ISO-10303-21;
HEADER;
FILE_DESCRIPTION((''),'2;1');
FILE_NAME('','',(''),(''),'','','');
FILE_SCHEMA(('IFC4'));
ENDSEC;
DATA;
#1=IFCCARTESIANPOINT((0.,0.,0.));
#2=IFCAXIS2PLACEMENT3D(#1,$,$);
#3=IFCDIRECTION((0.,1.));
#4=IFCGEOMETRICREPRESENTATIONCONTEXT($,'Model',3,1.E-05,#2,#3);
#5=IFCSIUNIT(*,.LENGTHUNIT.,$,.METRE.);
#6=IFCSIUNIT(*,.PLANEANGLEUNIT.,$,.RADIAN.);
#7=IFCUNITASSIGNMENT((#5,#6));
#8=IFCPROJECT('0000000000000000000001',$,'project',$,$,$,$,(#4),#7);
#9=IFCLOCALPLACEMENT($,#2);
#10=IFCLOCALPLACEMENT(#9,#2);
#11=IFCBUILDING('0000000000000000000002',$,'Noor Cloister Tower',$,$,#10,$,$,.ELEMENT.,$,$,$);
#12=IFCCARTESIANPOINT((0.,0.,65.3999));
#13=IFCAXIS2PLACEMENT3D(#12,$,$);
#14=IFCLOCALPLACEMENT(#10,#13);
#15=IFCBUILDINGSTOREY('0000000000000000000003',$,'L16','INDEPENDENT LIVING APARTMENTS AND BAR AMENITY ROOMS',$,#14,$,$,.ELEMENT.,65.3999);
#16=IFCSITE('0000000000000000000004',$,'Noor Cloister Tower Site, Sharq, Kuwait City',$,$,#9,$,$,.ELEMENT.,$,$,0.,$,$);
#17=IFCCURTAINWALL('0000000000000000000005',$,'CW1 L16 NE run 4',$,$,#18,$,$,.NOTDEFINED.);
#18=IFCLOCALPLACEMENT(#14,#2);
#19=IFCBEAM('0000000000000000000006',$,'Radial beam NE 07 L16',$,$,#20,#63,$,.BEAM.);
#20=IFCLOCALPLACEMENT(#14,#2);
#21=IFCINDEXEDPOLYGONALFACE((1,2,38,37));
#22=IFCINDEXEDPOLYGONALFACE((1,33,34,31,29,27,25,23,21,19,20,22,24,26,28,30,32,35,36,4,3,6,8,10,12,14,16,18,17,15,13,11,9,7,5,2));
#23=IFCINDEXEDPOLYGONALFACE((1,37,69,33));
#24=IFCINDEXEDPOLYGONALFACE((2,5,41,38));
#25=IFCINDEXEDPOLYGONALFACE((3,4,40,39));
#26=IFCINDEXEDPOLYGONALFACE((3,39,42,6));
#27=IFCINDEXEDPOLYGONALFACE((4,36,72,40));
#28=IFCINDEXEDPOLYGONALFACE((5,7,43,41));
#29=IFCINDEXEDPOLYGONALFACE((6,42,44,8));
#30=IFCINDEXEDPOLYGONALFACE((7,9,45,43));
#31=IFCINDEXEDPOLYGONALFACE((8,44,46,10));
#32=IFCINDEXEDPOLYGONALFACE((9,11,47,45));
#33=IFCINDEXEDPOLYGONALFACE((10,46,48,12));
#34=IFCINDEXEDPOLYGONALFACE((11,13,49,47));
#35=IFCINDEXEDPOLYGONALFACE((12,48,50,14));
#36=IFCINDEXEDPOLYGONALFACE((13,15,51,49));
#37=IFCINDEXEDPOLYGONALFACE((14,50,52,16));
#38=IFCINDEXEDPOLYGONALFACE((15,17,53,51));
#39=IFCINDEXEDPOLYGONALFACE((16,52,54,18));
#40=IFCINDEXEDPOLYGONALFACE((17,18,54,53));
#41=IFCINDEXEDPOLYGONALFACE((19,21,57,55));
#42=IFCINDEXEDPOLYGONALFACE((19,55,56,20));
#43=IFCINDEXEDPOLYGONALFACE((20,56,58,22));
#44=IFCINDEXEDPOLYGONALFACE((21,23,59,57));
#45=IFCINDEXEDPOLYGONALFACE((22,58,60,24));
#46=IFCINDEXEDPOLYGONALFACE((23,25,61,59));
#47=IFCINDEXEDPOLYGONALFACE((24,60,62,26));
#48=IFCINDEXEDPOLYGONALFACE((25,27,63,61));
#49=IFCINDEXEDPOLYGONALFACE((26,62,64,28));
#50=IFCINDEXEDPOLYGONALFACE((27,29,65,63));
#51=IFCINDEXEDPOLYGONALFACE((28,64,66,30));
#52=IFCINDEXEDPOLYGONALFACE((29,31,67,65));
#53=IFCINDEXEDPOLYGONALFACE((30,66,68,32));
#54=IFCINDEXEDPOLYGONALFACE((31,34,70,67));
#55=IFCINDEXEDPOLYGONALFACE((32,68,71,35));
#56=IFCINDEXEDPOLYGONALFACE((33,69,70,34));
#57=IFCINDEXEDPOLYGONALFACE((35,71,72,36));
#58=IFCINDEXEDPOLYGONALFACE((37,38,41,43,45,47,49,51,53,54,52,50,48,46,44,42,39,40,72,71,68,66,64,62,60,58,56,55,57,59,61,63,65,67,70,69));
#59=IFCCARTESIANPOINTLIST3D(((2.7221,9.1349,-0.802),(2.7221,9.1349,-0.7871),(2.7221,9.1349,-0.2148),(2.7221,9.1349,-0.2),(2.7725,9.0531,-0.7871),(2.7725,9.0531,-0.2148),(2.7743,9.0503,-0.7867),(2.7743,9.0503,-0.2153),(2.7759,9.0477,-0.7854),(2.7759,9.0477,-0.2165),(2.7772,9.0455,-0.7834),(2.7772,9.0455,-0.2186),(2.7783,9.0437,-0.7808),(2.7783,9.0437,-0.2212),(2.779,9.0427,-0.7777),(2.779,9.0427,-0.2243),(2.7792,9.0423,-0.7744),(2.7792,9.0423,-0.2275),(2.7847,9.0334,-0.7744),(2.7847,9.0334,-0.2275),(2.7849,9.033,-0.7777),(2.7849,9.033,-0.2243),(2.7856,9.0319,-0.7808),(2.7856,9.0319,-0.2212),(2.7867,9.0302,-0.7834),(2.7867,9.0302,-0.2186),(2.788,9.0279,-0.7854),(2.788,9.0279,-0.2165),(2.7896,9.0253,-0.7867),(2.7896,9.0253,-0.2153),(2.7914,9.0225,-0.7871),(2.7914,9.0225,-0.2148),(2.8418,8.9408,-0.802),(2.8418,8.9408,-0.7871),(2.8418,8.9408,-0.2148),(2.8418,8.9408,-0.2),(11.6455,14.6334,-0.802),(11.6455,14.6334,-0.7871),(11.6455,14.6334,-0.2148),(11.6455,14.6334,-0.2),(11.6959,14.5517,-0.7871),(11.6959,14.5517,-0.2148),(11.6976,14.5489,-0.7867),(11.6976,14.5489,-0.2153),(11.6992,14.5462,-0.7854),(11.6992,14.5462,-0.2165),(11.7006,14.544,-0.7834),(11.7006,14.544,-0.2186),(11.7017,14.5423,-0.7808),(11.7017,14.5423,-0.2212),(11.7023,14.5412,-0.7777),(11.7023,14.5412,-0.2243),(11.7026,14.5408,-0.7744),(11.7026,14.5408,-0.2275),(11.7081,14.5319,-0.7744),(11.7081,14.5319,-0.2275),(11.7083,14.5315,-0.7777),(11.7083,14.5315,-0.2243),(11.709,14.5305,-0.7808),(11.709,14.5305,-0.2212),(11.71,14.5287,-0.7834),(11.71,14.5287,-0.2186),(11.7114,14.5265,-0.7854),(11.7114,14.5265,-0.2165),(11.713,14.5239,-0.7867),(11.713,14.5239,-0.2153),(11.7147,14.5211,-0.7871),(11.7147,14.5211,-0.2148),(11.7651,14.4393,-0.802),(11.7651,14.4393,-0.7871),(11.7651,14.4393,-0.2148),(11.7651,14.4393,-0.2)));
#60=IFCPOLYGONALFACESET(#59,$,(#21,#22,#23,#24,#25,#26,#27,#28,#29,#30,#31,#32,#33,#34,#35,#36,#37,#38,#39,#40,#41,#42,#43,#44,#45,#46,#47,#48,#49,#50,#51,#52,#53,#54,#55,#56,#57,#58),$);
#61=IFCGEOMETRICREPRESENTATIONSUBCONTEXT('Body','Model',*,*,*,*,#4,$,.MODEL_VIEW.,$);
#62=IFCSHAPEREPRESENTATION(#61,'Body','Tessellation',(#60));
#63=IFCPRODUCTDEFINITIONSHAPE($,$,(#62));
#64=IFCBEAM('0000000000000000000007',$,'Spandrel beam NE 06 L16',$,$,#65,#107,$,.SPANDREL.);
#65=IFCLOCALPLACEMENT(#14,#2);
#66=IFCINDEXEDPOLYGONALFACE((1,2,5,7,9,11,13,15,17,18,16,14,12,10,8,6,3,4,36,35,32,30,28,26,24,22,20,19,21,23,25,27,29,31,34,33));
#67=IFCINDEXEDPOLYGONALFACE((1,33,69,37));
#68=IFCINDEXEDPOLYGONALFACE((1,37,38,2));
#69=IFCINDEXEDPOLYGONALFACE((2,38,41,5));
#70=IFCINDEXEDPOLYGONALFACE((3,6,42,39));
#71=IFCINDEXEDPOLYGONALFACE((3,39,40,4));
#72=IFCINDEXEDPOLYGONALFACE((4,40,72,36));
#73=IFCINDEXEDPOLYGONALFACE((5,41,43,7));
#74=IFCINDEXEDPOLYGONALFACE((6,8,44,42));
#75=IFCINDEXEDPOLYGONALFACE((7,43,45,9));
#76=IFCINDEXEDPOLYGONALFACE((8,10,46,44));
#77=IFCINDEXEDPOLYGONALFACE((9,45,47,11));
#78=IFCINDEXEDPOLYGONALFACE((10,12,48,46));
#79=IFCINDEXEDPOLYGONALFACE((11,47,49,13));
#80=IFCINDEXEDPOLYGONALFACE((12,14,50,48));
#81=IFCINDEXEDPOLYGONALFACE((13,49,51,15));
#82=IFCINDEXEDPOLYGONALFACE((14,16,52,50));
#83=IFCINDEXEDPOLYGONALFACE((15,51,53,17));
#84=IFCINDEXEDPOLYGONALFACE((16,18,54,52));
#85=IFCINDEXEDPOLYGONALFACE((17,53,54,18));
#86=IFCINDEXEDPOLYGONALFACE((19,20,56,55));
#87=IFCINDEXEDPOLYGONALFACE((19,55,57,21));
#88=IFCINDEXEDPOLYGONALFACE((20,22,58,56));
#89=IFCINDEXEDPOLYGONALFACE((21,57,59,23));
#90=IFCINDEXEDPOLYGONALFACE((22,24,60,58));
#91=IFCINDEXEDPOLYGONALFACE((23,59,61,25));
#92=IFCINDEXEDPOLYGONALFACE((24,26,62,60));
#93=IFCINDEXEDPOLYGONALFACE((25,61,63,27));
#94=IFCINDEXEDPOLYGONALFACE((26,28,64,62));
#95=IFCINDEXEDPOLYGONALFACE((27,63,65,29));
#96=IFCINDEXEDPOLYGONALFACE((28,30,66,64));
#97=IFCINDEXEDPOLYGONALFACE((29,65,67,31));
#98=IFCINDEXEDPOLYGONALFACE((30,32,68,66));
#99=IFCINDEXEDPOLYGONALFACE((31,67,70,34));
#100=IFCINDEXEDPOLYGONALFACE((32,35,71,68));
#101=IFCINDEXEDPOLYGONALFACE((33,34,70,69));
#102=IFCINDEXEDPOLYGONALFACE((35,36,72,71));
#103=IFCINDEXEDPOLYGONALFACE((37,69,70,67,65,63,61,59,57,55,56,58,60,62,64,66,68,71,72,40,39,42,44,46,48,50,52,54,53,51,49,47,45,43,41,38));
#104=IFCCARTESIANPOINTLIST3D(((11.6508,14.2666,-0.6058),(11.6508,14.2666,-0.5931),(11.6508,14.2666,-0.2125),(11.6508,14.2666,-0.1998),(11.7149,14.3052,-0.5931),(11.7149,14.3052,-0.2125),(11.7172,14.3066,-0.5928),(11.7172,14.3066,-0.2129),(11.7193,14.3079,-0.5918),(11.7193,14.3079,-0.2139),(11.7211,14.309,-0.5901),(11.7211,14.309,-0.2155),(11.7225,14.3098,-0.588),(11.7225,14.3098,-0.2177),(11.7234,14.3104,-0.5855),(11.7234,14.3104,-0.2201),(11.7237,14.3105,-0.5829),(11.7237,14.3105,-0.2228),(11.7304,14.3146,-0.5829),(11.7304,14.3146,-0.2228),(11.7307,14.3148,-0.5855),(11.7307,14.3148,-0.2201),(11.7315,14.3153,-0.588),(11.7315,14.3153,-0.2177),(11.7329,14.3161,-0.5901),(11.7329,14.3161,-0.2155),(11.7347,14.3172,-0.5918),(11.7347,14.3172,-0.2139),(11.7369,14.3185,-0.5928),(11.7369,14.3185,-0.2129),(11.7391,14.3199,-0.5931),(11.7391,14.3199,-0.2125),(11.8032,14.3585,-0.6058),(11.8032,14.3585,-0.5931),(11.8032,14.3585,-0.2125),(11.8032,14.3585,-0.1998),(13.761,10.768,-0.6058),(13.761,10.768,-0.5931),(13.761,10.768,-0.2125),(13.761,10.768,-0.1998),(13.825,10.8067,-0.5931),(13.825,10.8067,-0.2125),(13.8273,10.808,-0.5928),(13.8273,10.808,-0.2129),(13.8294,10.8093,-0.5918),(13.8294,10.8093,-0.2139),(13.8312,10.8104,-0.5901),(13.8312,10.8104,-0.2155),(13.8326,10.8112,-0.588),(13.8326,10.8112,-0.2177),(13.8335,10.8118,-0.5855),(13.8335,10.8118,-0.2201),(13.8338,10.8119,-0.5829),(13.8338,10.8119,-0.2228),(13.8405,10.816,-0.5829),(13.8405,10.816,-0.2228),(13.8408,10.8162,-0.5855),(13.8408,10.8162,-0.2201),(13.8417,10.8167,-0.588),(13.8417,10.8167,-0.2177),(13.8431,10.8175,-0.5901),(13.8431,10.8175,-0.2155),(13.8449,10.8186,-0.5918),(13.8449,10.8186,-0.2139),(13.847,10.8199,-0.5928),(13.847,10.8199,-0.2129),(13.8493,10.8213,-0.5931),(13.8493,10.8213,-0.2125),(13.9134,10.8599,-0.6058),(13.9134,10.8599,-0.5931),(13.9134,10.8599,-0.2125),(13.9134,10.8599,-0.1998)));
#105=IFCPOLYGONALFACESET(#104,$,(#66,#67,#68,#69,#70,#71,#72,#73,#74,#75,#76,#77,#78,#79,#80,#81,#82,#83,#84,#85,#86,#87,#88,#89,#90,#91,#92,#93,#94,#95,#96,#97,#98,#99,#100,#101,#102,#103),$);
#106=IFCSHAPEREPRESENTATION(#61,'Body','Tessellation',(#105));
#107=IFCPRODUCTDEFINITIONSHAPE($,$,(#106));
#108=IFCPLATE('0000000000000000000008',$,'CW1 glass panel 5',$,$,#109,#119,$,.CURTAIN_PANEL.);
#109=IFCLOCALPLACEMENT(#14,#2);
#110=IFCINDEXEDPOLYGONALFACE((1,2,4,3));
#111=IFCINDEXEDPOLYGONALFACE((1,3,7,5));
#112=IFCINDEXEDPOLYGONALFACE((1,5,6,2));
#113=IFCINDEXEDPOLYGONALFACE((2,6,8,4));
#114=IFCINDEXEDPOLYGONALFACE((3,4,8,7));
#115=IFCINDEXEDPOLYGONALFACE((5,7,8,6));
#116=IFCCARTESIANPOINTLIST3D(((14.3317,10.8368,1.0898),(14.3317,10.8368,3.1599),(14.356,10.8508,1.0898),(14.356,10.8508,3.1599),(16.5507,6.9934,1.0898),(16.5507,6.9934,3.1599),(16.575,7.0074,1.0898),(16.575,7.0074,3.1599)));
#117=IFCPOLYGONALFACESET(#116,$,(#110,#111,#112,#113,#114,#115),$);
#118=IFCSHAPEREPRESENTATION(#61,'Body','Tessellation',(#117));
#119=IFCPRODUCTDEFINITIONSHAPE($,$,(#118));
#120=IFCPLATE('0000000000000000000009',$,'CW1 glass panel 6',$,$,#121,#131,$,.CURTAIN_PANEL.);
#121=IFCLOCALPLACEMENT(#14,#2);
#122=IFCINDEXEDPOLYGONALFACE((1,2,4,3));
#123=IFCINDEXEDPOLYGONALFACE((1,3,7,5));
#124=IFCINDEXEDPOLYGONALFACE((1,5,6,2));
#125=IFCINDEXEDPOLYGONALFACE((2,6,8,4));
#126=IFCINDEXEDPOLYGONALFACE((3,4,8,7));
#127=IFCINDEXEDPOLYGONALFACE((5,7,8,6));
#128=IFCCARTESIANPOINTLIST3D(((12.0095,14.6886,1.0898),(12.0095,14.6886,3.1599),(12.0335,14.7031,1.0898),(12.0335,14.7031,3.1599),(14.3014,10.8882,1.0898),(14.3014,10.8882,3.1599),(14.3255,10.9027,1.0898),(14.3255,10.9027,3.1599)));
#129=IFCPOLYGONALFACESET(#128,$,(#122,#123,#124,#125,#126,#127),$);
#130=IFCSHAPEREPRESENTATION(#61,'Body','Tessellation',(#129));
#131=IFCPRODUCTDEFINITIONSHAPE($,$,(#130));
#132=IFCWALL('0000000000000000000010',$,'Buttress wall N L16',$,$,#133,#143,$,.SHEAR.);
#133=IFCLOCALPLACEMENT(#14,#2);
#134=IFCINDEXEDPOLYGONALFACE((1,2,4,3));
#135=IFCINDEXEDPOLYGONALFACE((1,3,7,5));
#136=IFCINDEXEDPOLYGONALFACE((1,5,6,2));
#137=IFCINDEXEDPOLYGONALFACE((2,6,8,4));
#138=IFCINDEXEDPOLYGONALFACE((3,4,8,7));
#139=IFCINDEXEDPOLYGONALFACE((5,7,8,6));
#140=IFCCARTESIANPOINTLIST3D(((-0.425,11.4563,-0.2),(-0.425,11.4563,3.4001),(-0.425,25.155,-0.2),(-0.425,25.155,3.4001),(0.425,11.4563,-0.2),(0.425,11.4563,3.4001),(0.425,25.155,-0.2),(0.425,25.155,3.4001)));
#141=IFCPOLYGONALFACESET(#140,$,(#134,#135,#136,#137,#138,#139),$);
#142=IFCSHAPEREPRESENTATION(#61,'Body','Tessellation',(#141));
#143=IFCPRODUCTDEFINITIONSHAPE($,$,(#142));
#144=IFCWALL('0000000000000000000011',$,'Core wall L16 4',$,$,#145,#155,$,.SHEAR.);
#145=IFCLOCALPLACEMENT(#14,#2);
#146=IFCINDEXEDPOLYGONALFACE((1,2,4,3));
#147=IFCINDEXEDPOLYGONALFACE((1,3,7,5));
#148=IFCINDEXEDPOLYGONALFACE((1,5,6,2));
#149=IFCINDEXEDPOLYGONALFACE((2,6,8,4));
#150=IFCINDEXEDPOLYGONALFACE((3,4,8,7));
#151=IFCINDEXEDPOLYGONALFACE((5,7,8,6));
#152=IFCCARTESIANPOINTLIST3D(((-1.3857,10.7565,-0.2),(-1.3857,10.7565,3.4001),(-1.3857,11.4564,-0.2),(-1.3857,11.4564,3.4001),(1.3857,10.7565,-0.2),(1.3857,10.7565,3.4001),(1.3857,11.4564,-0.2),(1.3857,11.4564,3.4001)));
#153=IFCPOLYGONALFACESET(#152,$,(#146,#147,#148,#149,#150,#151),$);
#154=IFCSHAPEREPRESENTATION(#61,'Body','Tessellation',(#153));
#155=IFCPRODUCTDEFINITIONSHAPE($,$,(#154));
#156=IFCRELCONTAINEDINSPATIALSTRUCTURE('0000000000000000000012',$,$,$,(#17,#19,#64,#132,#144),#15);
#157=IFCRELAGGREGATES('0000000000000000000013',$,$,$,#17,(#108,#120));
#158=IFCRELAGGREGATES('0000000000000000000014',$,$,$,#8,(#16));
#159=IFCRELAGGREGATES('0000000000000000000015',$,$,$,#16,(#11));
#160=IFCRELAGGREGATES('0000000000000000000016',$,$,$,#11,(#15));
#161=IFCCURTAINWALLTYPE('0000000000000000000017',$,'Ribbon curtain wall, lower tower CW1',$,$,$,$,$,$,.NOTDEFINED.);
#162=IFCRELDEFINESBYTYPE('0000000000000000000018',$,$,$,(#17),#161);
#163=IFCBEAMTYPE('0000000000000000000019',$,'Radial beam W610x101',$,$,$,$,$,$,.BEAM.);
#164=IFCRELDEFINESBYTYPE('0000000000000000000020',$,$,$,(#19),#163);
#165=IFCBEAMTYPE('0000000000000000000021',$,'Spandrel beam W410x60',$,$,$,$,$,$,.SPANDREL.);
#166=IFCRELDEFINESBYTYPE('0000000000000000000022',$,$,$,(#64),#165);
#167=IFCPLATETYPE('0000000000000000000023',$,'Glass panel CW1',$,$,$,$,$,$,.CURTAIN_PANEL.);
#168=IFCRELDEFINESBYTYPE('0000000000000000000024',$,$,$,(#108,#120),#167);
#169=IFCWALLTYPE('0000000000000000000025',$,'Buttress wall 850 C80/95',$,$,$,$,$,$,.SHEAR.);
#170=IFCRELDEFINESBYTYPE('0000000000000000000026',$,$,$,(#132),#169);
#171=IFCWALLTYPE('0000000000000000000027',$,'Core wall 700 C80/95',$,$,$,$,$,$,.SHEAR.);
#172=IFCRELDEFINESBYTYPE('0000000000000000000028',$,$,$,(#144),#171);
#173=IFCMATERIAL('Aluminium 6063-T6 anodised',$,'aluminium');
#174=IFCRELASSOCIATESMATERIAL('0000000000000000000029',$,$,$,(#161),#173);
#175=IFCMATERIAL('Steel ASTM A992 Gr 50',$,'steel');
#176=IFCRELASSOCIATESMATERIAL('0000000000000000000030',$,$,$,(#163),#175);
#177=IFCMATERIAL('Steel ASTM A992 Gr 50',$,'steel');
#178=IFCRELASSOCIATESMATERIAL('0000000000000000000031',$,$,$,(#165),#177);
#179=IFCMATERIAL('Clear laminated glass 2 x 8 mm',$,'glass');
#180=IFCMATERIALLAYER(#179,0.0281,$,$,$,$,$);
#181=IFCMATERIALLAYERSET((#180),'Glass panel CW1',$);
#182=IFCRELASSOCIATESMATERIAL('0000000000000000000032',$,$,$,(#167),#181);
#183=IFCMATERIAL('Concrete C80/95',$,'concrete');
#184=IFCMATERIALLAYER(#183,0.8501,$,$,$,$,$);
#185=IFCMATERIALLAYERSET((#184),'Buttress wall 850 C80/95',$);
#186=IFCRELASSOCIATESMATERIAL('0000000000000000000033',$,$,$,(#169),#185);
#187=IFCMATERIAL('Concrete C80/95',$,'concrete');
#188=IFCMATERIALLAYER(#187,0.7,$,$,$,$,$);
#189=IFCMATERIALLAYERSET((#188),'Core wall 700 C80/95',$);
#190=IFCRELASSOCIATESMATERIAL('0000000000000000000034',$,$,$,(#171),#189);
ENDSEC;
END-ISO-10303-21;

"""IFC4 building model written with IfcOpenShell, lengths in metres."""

from ifc_helpers import new_model, si_unit, direction, frame, frame_2d, origin, origin_2d, place, context, subcontext, project, spatial, rectangle, i_section, extrude, material, layer, layer_set, material_profile, profile_set, type_object, element, aggregate, save


model = new_model("IFC4")

# Units and contexts
model_context = context("Model", 3, precision=1e-05, world=origin(), true_north=direction((0.0, 1.0)))
body_context = subcontext(model_context, "Body", "Model", "MODEL_VIEW")
ifc_project = project(units=[si_unit("LENGTHUNIT", "METRE"), si_unit("PLANEANGLEUNIT", "RADIAN")], contexts=[model_context])

# Site, building, storey
site_placement = place(None, origin())
site = spatial("IfcSite", under=ifc_project, at=site_placement, Name="Noor Cloister Tower Site, Sharq, Kuwait City", CompositionType="ELEMENT", RefElevation=0.0)
building_placement = place(site_placement, origin())
building = spatial("IfcBuilding", under=site, at=building_placement, Name="Noor Cloister Tower", CompositionType="ELEMENT")
storey_placement = place(building_placement, frame((0.0, 0.0, 65.3999)))
storey = spatial("IfcBuildingStorey", under=building, at=storey_placement, Name="L16", Description="INDEPENDENT LIVING APARTMENTS AND BAR AMENITY ROOMS", CompositionType="ELEMENT", Elevation=65.3999)

# Curtain wall
ifc_material_1 = material(Name="Aluminium 6063-T6 anodised", Category="aluminium")
curtain_wall_type = type_object("IfcCurtainWallType", Name="Ribbon curtain wall, lower tower CW1", PredefinedType="NOTDEFINED", material=ifc_material_1)
curtain_wall_placement = place(storey_placement, origin())
curtain_wall = element("IfcCurtainWall", 1, at=curtain_wall_placement, inside=storey, type_object=curtain_wall_type, Name="CW1 L16 NE run 4", PredefinedType="NOTDEFINED")

# Beams
ifc_material_2 = material(Name="Steel ASTM A992 Gr 50", Category="steel")
ifc_material_profile_1 = material_profile(ifc_material_2, i_section(OverallWidth=0.228, OverallDepth=0.6021, WebThickness=0.0105, FlangeThickness=0.0149, FilletRadius=0.0127, at=origin_2d()), Name="W610x101")
ifc_profile_set_1 = profile_set([ifc_material_profile_1], Name="Steel ASTM A992 Gr 50")
beam_type_1 = type_object("IfcBeamType", Name="Radial beam W610x101", PredefinedType="BEAM", material=ifc_profile_set_1)
beam_1_placement = place(storey_placement, frame((11.7053, 14.5364, -0.501), z_axis=(-0.851349, -0.524599, 0.0), x_axis=(0.524599, -0.851349, 0.0)))
element("IfcBeam", 2, at=beam_1_placement, inside=storey, type_object=beam_type_1, Name="Radial beam NE 07 L16", PredefinedType="BEAM", context=body_context, shape_type="SweptSolid", body=[
    extrude(i_section(OverallWidth=0.228, OverallDepth=0.6021, WebThickness=0.0105, FlangeThickness=0.0149, FilletRadius=0.0127, at=origin_2d()), origin(), (0.0, 0.0, 1.0), 10.4814),
])
ifc_material_3 = material(Name="Steel ASTM A992 Gr 50", Category="steel")
ifc_material_profile_2 = material_profile(ifc_material_3, i_section(OverallWidth=0.178, OverallDepth=0.406, WebThickness=0.0078, FlangeThickness=0.0127, FilletRadius=0.0103, at=origin_2d()), Name="W410x60")
ifc_profile_set_2 = profile_set([ifc_material_profile_2], Name="Steel ASTM A992 Gr 50")
beam_type_2 = type_object("IfcBeamType", Name="Spandrel beam W410x60", PredefinedType="SPANDREL", material=ifc_profile_set_2)
beam_2_placement = place(storey_placement, frame((13.8372, 10.814, -0.4028), z_axis=(-0.516472, 0.856304, 0.0), x_axis=(-0.856304, -0.516472, 0.0)))
element("IfcBeam", 3, at=beam_2_placement, inside=storey, type_object=beam_type_2, Name="Spandrel beam NE 06 L16", PredefinedType="SPANDREL", context=body_context, shape_type="SweptSolid", body=[
    extrude(i_section(OverallWidth=0.178, OverallDepth=0.406, WebThickness=0.0078, FlangeThickness=0.0127, FilletRadius=0.0103, at=origin_2d()), origin(), (0.0, 0.0, 1.0), 4.0857),
])

# Plates
ifc_material_4 = material(Name="Clear laminated glass 2 x 8 mm", Category="glass")
ifc_layer_1 = layer(ifc_material_4, 0.0281)
ifc_layer_set_1 = layer_set([ifc_layer_1], Name="Glass panel CW1")
plate_type = type_object("IfcPlateType", Name="Glass panel CW1", PredefinedType="CURTAIN_PANEL", material=ifc_layer_set_1)
plate_1_placement = place(storey_placement, frame((15.4534, 8.9221, 1.0898), z_axis=(0.0, 0.0, 1.0), x_axis=(-0.5, 0.866025, 0.0)))
plate_1 = element("IfcPlate", 4, at=plate_1_placement, type_object=plate_type, Name="CW1 glass panel 5", PredefinedType="CURTAIN_PANEL", context=body_context, shape_type="SweptSolid", body=[
    extrude(rectangle(XDim=4.438, YDim=0.0281, at=origin_2d()), origin(), (0.0, 0.0, 1.0), 2.0701),
])
plate_2_placement = place(storey_placement, frame((13.1675, 12.7957, 1.0898), z_axis=(0.0, 0.0, 1.0), x_axis=(-0.516446, 0.85632, 0.0)))
plate_2 = element("IfcPlate", 5, at=plate_2_placement, type_object=plate_type, Name="CW1 glass panel 6", PredefinedType="CURTAIN_PANEL", context=body_context, shape_type="SweptSolid", body=[
    extrude(rectangle(XDim=4.438, YDim=0.0281, at=origin_2d()), origin(), (0.0, 0.0, 1.0), 2.0701),
])
aggregate(curtain_wall, [plate_1, plate_2])

# Walls
ifc_material_5 = material(Name="Concrete C80/95", Category="concrete")
ifc_layer_2 = layer(ifc_material_5, 0.8501)
ifc_layer_set_2 = layer_set([ifc_layer_2], Name="Buttress wall 850 C80/95")
wall_type_1 = type_object("IfcWallType", Name="Buttress wall 850 C80/95", PredefinedType="SHEAR", material=ifc_layer_set_2)
wall_1_placement = place(storey_placement, frame((0.0, 11.4563, -0.2), z_axis=(0.0, 0.0, 1.0), x_axis=(0.0, 1.0, 0.0)))
element("IfcWall", 6, at=wall_1_placement, inside=storey, type_object=wall_type_1, Name="Buttress wall N L16", PredefinedType="SHEAR", context=body_context, shape_type="SweptSolid", body=[
    extrude(rectangle(XDim=13.6987, YDim=0.8501, at=frame_2d((6.8494, 0.0))), origin(), (0.0, 0.0, 1.0), 3.6001),
])
ifc_material_6 = material(Name="Concrete C80/95", Category="concrete")
ifc_layer_3 = layer(ifc_material_6, 0.7)
ifc_layer_set_3 = layer_set([ifc_layer_3], Name="Core wall 700 C80/95")
wall_type_2 = type_object("IfcWallType", Name="Core wall 700 C80/95", PredefinedType="SHEAR", material=ifc_layer_set_3)
wall_2_placement = place(storey_placement, frame((1.3857, 11.1064, -0.2), z_axis=(0.0, 0.0, 1.0), x_axis=(-1.0, 0.0, 0.0)))
element("IfcWall", 7, at=wall_2_placement, inside=storey, type_object=wall_type_2, Name="Core wall L16 4", PredefinedType="SHEAR", context=body_context, shape_type="SweptSolid", body=[
    extrude(rectangle(XDim=2.7715, YDim=0.7, at=frame_2d((1.3857, 0.0))), origin(), (0.0, 0.0, 1.0), 3.6001),
])

save(model, "model.ifc")
